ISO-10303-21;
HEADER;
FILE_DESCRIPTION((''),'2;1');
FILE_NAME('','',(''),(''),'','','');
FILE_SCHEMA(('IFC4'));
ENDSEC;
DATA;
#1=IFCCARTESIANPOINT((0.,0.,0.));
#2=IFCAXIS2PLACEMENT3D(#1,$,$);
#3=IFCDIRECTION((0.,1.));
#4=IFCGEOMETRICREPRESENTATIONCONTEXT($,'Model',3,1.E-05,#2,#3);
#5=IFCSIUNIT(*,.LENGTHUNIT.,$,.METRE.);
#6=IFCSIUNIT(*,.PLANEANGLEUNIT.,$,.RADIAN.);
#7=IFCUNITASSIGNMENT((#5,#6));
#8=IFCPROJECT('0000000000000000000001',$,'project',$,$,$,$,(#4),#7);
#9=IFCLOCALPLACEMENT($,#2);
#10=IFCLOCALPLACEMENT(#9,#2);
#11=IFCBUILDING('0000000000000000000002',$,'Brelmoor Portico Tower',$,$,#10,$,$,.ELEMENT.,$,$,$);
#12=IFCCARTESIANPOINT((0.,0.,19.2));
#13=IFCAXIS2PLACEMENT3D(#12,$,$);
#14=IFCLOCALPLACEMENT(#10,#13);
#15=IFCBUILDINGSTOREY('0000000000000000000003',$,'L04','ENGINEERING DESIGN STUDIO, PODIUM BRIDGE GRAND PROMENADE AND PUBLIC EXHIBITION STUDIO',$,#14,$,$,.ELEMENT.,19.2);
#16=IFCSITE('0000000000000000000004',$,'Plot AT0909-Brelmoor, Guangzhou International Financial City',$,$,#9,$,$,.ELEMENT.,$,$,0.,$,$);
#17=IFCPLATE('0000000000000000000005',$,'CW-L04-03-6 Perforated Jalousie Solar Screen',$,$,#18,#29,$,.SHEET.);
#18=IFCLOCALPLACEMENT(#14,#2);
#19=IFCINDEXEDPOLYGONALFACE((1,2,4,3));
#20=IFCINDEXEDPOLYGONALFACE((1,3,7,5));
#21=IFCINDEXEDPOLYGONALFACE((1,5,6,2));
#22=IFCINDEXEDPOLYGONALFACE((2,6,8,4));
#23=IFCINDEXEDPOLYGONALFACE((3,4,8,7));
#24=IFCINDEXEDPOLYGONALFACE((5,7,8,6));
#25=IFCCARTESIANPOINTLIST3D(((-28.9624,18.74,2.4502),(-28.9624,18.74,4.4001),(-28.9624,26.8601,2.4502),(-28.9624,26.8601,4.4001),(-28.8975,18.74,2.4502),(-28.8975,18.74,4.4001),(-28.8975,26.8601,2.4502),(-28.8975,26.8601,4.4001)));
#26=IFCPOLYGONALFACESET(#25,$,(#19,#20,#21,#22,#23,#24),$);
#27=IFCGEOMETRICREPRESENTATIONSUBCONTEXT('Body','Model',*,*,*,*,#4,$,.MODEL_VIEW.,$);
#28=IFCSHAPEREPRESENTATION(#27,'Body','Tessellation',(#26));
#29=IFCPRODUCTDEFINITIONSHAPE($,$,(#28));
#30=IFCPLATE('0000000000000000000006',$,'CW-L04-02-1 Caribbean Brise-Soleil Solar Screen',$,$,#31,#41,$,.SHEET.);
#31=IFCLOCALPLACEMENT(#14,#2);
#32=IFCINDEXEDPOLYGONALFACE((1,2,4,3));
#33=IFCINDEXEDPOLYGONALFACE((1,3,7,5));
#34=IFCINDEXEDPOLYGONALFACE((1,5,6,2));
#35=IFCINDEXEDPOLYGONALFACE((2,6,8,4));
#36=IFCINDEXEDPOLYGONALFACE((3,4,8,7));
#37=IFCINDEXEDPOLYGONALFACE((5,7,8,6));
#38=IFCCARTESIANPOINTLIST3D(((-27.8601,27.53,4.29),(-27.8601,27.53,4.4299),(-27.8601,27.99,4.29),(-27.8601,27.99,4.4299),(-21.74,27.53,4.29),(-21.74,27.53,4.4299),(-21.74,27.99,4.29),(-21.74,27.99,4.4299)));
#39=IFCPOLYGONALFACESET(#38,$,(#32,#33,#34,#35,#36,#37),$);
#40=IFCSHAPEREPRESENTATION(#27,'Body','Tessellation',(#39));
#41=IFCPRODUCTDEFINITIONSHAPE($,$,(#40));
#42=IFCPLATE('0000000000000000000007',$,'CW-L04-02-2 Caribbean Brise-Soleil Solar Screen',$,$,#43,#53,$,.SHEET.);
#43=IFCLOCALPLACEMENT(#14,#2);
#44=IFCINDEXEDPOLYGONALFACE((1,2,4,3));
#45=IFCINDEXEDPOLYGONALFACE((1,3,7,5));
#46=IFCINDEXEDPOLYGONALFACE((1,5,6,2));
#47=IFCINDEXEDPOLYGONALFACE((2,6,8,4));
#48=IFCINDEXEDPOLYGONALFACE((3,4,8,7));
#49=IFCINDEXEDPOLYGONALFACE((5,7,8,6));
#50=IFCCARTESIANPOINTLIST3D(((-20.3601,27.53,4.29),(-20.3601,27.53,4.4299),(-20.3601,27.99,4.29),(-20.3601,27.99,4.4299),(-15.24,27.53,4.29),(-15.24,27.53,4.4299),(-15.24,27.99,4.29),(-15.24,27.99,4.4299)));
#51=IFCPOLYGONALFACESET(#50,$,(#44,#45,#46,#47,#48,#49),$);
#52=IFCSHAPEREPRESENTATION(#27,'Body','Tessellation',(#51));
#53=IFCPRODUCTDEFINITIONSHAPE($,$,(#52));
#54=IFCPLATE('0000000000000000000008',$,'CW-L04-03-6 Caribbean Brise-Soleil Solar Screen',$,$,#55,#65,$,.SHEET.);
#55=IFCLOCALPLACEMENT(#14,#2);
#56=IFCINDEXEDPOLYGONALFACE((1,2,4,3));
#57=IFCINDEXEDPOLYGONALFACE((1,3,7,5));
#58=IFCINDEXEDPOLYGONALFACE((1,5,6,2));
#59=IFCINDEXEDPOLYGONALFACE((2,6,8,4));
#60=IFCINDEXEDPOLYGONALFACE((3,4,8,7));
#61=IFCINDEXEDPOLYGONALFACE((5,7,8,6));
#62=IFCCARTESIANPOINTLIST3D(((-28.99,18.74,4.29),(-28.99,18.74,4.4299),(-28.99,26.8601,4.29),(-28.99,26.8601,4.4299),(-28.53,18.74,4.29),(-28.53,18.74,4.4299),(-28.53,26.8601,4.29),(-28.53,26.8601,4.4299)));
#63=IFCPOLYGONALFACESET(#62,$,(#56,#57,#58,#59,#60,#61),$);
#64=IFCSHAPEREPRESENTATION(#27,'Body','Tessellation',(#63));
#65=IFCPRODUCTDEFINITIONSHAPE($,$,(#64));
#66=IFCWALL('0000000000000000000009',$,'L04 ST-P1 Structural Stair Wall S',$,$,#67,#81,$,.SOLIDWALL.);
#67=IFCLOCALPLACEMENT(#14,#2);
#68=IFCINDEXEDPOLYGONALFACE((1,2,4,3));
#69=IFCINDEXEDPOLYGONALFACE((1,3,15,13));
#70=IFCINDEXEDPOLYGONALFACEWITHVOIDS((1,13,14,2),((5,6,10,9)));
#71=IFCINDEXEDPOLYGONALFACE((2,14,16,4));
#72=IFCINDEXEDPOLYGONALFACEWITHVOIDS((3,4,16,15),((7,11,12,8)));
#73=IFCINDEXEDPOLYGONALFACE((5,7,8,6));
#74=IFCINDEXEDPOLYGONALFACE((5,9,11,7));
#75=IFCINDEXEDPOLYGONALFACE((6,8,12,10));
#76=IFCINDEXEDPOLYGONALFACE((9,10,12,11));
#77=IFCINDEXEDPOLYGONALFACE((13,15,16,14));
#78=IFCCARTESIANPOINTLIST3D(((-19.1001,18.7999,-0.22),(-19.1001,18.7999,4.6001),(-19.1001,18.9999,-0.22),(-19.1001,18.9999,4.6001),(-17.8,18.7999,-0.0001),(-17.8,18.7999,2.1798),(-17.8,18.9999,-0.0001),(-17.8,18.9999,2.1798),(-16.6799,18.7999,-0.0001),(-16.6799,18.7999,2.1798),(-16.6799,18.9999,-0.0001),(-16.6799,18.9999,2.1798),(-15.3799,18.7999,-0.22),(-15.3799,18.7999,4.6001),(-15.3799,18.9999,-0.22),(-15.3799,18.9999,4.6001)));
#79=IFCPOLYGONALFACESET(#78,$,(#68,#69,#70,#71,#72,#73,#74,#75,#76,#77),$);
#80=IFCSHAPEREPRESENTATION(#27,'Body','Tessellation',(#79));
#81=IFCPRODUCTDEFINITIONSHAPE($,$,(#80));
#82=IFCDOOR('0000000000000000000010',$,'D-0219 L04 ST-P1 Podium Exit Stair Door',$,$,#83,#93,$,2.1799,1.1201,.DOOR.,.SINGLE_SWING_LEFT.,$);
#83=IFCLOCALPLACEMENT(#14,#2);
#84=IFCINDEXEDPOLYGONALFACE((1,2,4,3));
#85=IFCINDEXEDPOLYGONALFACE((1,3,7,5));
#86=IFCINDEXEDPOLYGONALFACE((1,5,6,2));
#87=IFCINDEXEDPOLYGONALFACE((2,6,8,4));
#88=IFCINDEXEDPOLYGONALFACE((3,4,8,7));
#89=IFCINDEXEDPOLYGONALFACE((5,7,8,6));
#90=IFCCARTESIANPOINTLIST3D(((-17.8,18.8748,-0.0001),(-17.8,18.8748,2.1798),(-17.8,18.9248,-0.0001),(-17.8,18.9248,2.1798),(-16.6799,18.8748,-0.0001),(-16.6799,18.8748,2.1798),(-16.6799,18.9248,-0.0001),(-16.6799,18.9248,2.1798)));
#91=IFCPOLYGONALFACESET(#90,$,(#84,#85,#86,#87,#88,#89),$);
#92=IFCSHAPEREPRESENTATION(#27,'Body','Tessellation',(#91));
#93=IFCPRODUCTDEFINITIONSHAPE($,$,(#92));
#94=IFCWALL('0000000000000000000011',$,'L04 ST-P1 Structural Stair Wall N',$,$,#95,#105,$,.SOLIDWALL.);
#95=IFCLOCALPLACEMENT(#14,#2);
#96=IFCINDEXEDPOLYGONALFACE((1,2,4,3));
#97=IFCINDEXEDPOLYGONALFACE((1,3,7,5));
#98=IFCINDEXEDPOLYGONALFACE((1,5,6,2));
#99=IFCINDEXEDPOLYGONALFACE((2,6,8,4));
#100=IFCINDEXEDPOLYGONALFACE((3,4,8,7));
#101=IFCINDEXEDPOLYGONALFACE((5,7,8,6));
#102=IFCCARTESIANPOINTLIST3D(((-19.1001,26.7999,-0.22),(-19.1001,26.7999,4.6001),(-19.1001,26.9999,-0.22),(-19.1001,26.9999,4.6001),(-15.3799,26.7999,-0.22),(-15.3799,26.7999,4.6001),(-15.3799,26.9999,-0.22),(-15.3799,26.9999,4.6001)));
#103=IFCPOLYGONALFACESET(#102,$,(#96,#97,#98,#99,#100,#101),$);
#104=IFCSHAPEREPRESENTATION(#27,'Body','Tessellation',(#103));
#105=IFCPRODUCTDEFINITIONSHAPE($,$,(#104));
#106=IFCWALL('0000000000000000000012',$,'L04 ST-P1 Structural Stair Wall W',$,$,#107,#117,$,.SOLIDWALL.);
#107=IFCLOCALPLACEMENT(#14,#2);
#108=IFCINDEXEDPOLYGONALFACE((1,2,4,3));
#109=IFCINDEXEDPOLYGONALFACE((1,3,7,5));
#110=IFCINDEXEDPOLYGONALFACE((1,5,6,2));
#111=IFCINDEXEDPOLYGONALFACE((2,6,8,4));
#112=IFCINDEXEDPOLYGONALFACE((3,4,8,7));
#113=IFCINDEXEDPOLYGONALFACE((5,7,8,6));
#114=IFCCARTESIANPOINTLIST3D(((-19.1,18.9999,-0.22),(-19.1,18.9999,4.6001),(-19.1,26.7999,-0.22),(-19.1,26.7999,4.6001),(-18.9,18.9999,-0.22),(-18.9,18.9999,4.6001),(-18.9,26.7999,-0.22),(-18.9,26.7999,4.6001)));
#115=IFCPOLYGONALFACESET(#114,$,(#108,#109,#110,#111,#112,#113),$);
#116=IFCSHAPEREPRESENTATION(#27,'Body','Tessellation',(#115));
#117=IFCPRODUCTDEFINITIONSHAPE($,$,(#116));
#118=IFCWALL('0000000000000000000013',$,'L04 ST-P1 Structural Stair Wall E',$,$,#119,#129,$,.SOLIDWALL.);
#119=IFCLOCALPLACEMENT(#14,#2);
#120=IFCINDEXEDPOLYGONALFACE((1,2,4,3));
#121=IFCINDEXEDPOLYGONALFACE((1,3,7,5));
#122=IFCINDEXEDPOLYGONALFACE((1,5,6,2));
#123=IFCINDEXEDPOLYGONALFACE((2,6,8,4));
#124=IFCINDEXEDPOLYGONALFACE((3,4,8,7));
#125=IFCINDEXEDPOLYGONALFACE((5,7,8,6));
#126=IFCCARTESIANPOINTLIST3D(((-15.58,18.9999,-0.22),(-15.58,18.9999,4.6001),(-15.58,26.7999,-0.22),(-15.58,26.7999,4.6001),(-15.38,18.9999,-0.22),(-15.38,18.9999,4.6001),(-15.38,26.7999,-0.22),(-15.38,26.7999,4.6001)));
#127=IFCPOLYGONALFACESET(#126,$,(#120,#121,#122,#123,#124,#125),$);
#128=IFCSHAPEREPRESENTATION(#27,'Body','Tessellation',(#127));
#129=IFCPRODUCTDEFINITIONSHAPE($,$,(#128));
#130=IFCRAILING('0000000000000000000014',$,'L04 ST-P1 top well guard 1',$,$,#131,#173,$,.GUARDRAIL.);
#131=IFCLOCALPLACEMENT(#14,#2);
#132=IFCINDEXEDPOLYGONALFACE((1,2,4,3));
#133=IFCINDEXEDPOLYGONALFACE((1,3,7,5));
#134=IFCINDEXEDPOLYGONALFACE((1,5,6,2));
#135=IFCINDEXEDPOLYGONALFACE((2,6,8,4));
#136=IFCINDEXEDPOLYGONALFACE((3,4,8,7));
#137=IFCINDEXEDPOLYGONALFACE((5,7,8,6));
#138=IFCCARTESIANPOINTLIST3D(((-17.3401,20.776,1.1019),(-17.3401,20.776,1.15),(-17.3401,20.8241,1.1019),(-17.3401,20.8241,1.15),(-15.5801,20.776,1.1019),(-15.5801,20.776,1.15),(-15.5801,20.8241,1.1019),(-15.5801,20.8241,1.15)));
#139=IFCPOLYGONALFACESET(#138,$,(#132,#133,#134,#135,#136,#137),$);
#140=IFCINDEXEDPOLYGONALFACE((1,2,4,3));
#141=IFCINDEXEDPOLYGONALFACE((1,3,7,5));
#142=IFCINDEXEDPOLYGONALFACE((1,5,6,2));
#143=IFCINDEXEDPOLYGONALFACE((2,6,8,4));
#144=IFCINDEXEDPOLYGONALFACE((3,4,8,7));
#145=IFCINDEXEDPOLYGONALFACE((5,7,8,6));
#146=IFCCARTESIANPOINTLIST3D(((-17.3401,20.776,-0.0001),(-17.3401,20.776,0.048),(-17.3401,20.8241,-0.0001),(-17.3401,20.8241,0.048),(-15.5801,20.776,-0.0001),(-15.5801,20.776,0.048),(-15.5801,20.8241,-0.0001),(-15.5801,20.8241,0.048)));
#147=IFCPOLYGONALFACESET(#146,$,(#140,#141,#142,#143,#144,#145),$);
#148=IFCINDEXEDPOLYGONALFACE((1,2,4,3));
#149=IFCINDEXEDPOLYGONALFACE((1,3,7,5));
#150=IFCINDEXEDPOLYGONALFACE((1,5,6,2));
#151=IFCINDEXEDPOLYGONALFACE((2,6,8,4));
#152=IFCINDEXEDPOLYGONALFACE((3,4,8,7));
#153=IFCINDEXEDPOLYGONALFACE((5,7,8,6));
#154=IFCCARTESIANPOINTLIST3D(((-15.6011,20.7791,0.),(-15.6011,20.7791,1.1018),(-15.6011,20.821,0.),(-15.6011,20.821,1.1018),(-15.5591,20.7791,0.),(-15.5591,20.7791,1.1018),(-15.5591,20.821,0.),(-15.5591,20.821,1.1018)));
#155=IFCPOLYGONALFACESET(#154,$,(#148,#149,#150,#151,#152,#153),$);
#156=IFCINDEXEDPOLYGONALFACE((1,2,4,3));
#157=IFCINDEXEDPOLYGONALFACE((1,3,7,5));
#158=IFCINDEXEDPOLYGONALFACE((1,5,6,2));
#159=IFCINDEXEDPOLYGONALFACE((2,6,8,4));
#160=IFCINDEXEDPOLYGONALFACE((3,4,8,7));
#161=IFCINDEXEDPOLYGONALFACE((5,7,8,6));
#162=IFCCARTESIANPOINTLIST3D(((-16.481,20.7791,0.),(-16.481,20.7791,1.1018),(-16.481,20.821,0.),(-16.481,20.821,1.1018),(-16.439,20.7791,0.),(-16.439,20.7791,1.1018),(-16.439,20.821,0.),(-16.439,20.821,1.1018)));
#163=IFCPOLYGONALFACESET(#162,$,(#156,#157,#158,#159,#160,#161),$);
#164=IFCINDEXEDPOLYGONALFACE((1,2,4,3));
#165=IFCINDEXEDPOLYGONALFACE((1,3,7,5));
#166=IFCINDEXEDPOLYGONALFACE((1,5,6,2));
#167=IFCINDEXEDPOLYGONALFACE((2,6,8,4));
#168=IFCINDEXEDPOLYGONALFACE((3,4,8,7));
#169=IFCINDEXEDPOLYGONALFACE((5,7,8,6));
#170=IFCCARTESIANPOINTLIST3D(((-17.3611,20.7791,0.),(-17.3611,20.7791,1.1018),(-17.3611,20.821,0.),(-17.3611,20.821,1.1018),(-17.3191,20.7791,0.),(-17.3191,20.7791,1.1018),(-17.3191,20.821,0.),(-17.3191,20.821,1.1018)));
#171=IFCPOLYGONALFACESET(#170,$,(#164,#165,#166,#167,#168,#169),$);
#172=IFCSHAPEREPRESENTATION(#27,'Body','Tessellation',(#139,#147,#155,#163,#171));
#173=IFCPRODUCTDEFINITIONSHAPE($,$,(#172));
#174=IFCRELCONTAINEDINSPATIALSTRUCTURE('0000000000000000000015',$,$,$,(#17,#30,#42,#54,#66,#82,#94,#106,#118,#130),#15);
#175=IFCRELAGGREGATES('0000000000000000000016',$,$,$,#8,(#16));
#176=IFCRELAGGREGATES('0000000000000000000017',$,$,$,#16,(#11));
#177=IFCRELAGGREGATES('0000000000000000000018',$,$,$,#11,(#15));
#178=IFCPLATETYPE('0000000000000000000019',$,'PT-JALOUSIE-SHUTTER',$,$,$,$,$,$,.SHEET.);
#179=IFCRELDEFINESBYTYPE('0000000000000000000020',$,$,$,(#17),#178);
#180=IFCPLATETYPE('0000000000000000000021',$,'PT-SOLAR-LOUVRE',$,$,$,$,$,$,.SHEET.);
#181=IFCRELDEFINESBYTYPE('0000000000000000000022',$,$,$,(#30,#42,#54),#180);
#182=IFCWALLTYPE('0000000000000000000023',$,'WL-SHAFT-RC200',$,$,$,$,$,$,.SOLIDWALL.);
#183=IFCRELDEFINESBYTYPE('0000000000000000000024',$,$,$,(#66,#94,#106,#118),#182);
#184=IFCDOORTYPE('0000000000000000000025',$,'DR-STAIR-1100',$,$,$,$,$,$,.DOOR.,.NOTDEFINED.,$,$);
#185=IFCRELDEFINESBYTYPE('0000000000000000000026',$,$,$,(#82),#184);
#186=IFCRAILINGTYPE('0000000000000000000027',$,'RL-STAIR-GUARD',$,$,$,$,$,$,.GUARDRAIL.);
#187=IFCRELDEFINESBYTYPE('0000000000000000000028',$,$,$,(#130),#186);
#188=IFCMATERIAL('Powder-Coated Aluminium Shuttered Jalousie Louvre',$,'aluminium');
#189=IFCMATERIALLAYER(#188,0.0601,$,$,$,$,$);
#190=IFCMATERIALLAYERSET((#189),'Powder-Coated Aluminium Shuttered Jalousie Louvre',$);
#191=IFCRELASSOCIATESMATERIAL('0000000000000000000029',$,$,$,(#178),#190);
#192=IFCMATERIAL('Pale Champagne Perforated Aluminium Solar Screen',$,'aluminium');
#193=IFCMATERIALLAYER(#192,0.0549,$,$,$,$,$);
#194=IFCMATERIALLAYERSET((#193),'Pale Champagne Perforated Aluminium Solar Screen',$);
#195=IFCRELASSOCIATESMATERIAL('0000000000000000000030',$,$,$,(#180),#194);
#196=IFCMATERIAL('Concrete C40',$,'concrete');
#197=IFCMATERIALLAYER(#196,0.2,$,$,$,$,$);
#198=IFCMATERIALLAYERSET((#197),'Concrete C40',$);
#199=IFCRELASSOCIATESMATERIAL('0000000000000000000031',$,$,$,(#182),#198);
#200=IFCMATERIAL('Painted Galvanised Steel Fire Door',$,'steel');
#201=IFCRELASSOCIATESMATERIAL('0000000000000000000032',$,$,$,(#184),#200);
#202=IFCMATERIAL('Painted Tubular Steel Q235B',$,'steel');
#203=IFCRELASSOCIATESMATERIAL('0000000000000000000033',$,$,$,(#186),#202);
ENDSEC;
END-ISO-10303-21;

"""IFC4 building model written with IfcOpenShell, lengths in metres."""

from ifc_helpers import new_model, si_unit, direction, frame, frame_2d, origin, origin_2d, place, context, subcontext, project, spatial, rectangle, extrude, material, layer, layer_set, type_object, element, fill, save


model = new_model("IFC4")

# Units and contexts
model_context = context("Model", 3, precision=1e-05, world=origin(), true_north=direction((0.0, 1.0)))
body_context = subcontext(model_context, "Body", "Model", "MODEL_VIEW")
ifc_project = project(units=[si_unit("LENGTHUNIT", "METRE"), si_unit("PLANEANGLEUNIT", "RADIAN")], contexts=[model_context])

# Site, building, storey
site_placement = place(None, origin())
site = spatial("IfcSite", under=ifc_project, at=site_placement, Name="Plot AT0909-Brelmoor, Guangzhou International Financial City", CompositionType="ELEMENT", RefElevation=0.0)
building_placement = place(site_placement, origin())
building = spatial("IfcBuilding", under=site, at=building_placement, Name="Brelmoor Portico Tower", CompositionType="ELEMENT")
storey_placement = place(building_placement, frame((0.0, 0.0, 19.2)))
storey = spatial("IfcBuildingStorey", under=building, at=storey_placement, Name="L04", Description="ENGINEERING DESIGN STUDIO, PODIUM BRIDGE GRAND PROMENADE AND PUBLIC EXHIBITION STUDIO", CompositionType="ELEMENT", Elevation=19.2)

# Plates
ifc_material_1 = material(Name="Powder-Coated Aluminium Shuttered Jalousie Louvre", Category="aluminium")
ifc_layer_1 = layer(ifc_material_1, 0.0601)
ifc_layer_set_1 = layer_set([ifc_layer_1], Name="Powder-Coated Aluminium Shuttered Jalousie Louvre")
plate_type_1 = type_object("IfcPlateType", Name="PT-JALOUSIE-SHUTTER", PredefinedType="SHEET", material=ifc_layer_set_1)
plate_1_placement = place(storey_placement, frame((-28.9299, 22.8, 2.4502), z_axis=(0.0, 0.0, 1.0), x_axis=(0.0, 1.0, 0.0)))
element("IfcPlate", 1, at=plate_1_placement, inside=storey, type_object=plate_type_1, Name="CW-L04-03-6 Perforated Jalousie Solar Screen", PredefinedType="SHEET", context=body_context, shape_type="SweptSolid", body=[
    extrude(rectangle(XDim=8.1201, YDim=0.0649, at=origin_2d()), origin(), (0.0, 0.0, 1.0), 1.95),
])
ifc_material_2 = material(Name="Pale Champagne Perforated Aluminium Solar Screen", Category="aluminium")
ifc_layer_2 = layer(ifc_material_2, 0.0549)
ifc_layer_set_2 = layer_set([ifc_layer_2], Name="Pale Champagne Perforated Aluminium Solar Screen")
plate_type_2 = type_object("IfcPlateType", Name="PT-SOLAR-LOUVRE", PredefinedType="SHEET", material=ifc_layer_set_2)
plate_2_placement = place(storey_placement, frame((-24.8, 27.76, 4.29), z_axis=(0.0, 0.0, 1.0), x_axis=(1.0, 0.0, 0.0)))
element("IfcPlate", 2, at=plate_2_placement, inside=storey, type_object=plate_type_2, Name="CW-L04-02-1 Caribbean Brise-Soleil Solar Screen", PredefinedType="SHEET", context=body_context, shape_type="SweptSolid", body=[
    extrude(rectangle(XDim=6.1201, YDim=0.46, at=origin_2d()), origin(), (0.0, 0.0, 1.0), 0.1399),
])
plate_3_placement = place(storey_placement, frame((-17.8, 27.76, 4.29), z_axis=(0.0, 0.0, 1.0), x_axis=(1.0, 0.0, 0.0)))
element("IfcPlate", 3, at=plate_3_placement, inside=storey, type_object=plate_type_2, Name="CW-L04-02-2 Caribbean Brise-Soleil Solar Screen", PredefinedType="SHEET", context=body_context, shape_type="SweptSolid", body=[
    extrude(rectangle(XDim=5.1201, YDim=0.46, at=origin_2d()), origin(), (0.0, 0.0, 1.0), 0.1399),
])
plate_4_placement = place(storey_placement, frame((-28.76, 22.8, 4.29), z_axis=(0.0, 0.0, 1.0), x_axis=(0.0, 1.0, 0.0)))
element("IfcPlate", 4, at=plate_4_placement, inside=storey, type_object=plate_type_2, Name="CW-L04-03-6 Caribbean Brise-Soleil Solar Screen", PredefinedType="SHEET", context=body_context, shape_type="SweptSolid", body=[
    extrude(rectangle(XDim=8.1201, YDim=0.46, at=origin_2d()), origin(), (0.0, 0.0, 1.0), 0.1399),
])

# Wall, opening, door
ifc_material_3 = material(Name="Concrete C40", Category="concrete")
ifc_layer_3 = layer(ifc_material_3, 0.2)
ifc_layer_set_3 = layer_set([ifc_layer_3], Name="Concrete C40")
wall_type = type_object("IfcWallType", Name="WL-SHAFT-RC200", PredefinedType="SOLIDWALL", material=ifc_layer_set_3)
wall_1_placement = place(storey_placement, frame((-19.1001, 18.8999, -0.22), z_axis=(0.0, 0.0, 1.0), x_axis=(1.0, 0.0, 0.0)))
wall_1 = element("IfcWall", 5, at=wall_1_placement, inside=storey, type_object=wall_type, Name="L04 ST-P1 Structural Stair Wall S", PredefinedType="SOLIDWALL", context=body_context, shape_type="SweptSolid", body=[
    extrude(rectangle(XDim=3.7202, YDim=0.2, at=frame_2d((1.8601, 0.0))), origin(), (0.0, 0.0, 1.0), 4.8201),
])
opening_placement = place(wall_1_placement, frame((1.3, 0.0, 0.22)))
opening = element("IfcOpeningElement", 6, at=opening_placement, cuts=wall_1, PredefinedType="OPENING", context=body_context, shape_type="SweptSolid", body=[
    extrude(rectangle(XDim=1.1201, YDim=2.1799, at=frame_2d((0.5601, 1.0898))), frame((0.0, 0.1099, 0.0), z_axis=(0.0, -1.0, 0.0), x_axis=(1.0, 0.0, 0.0)), (0.0, 0.0, 1.0), 0.22),
])
ifc_material_4 = material(Name="Painted Galvanised Steel Fire Door", Category="steel")
door_type = type_object("IfcDoorType", Name="DR-STAIR-1100", OperationType="NOTDEFINED", PredefinedType="DOOR", material=ifc_material_4)
door_placement = place(opening_placement, origin())
door = element("IfcDoor", 7, at=door_placement, inside=storey, type_object=door_type, Name="D-0219 L04 ST-P1 Podium Exit Stair Door", OperationType="SINGLE_SWING_LEFT", OverallHeight=2.1799, OverallWidth=1.1201, PredefinedType="DOOR", context=body_context, shape_type="SweptSolid", body=[
    extrude(rectangle(XDim=1.1201, YDim=2.1799, at=frame_2d((0.5601, 1.0898))), frame((0.0, 0.0249, 0.0), z_axis=(0.0, -1.0, 0.0), x_axis=(1.0, 0.0, 0.0)), (0.0, 0.0, 1.0), 0.05),
])
fill(opening, door)

# Walls
wall_2_placement = place(storey_placement, frame((-19.1001, 26.8999, -0.22), z_axis=(0.0, 0.0, 1.0), x_axis=(1.0, 0.0, 0.0)))
element("IfcWall", 8, at=wall_2_placement, inside=storey, type_object=wall_type, Name="L04 ST-P1 Structural Stair Wall N", PredefinedType="SOLIDWALL", context=body_context, shape_type="SweptSolid", body=[
    extrude(rectangle(XDim=3.7202, YDim=0.2, at=frame_2d((1.8601, 0.0))), origin(), (0.0, 0.0, 1.0), 4.8201),
])
for number, where, z_axis, x_axis, name in (
    (9, (-19.0, 19.0, -0.22), (0.0, 0.0, 1.0), (0.0, 1.0, 0.0), "L04 ST-P1 Structural Stair Wall W"),
    (10, (-15.48, 19.0, -0.22), (0.0, 0.0, 1.0), (0.0, 1.0, 0.0), "L04 ST-P1 Structural Stair Wall E"),
):
    element("IfcWall", number, at=place(storey_placement, frame(where, z_axis=z_axis, x_axis=x_axis)), inside=storey, type_object=wall_type, Name=name, PredefinedType="SOLIDWALL", context=body_context, shape_type="SweptSolid", body=[
        extrude(rectangle(XDim=7.8, YDim=0.2, at=frame_2d((3.8999, 0.0))), origin(), (0.0, 0.0, 1.0), 4.8201),
    ])

# Railing
ifc_material_5 = material(Name="Painted Tubular Steel Q235B", Category="steel")
railing_type = type_object("IfcRailingType", Name="RL-STAIR-GUARD", PredefinedType="GUARDRAIL", material=ifc_material_5)
railing_placement = place(storey_placement, frame((-15.5801, 20.8, 0.0)))
element("IfcRailing", 11, at=railing_placement, inside=storey, type_object=railing_type, Name="L04 ST-P1 top well guard 1", PredefinedType="GUARDRAIL", context=body_context, shape_type="SweptSolid", body=[
    extrude(rectangle(XDim=0.0481, YDim=0.0481, at=origin_2d()), frame((0.0, 0.0, 1.126), z_axis=(-1.0, 0.0, 0.0), x_axis=(0.0, -1.0, 0.0)), (0.0, 0.0, 1.0), 1.76),
    extrude(rectangle(XDim=0.0481, YDim=0.0481, at=origin_2d()), frame((0.0, 0.0, 0.0239), z_axis=(-1.0, 0.0, 0.0), x_axis=(0.0, -1.0, 0.0)), (0.0, 0.0, 1.0), 1.76),
    extrude(rectangle(XDim=0.042, YDim=0.042, at=origin_2d()), origin(), (0.0, 0.0, 1.0), 1.1018),
    extrude(rectangle(XDim=0.042, YDim=0.042, at=origin_2d()), frame((-0.8799, 0.0, 0.0)), (0.0, 0.0, 1.0), 1.1018),
    extrude(rectangle(XDim=0.042, YDim=0.042, at=origin_2d()), frame((-1.76, 0.0, 0.0)), (0.0, 0.0, 1.0), 1.1018),
])

save(model, "model.ifc")
